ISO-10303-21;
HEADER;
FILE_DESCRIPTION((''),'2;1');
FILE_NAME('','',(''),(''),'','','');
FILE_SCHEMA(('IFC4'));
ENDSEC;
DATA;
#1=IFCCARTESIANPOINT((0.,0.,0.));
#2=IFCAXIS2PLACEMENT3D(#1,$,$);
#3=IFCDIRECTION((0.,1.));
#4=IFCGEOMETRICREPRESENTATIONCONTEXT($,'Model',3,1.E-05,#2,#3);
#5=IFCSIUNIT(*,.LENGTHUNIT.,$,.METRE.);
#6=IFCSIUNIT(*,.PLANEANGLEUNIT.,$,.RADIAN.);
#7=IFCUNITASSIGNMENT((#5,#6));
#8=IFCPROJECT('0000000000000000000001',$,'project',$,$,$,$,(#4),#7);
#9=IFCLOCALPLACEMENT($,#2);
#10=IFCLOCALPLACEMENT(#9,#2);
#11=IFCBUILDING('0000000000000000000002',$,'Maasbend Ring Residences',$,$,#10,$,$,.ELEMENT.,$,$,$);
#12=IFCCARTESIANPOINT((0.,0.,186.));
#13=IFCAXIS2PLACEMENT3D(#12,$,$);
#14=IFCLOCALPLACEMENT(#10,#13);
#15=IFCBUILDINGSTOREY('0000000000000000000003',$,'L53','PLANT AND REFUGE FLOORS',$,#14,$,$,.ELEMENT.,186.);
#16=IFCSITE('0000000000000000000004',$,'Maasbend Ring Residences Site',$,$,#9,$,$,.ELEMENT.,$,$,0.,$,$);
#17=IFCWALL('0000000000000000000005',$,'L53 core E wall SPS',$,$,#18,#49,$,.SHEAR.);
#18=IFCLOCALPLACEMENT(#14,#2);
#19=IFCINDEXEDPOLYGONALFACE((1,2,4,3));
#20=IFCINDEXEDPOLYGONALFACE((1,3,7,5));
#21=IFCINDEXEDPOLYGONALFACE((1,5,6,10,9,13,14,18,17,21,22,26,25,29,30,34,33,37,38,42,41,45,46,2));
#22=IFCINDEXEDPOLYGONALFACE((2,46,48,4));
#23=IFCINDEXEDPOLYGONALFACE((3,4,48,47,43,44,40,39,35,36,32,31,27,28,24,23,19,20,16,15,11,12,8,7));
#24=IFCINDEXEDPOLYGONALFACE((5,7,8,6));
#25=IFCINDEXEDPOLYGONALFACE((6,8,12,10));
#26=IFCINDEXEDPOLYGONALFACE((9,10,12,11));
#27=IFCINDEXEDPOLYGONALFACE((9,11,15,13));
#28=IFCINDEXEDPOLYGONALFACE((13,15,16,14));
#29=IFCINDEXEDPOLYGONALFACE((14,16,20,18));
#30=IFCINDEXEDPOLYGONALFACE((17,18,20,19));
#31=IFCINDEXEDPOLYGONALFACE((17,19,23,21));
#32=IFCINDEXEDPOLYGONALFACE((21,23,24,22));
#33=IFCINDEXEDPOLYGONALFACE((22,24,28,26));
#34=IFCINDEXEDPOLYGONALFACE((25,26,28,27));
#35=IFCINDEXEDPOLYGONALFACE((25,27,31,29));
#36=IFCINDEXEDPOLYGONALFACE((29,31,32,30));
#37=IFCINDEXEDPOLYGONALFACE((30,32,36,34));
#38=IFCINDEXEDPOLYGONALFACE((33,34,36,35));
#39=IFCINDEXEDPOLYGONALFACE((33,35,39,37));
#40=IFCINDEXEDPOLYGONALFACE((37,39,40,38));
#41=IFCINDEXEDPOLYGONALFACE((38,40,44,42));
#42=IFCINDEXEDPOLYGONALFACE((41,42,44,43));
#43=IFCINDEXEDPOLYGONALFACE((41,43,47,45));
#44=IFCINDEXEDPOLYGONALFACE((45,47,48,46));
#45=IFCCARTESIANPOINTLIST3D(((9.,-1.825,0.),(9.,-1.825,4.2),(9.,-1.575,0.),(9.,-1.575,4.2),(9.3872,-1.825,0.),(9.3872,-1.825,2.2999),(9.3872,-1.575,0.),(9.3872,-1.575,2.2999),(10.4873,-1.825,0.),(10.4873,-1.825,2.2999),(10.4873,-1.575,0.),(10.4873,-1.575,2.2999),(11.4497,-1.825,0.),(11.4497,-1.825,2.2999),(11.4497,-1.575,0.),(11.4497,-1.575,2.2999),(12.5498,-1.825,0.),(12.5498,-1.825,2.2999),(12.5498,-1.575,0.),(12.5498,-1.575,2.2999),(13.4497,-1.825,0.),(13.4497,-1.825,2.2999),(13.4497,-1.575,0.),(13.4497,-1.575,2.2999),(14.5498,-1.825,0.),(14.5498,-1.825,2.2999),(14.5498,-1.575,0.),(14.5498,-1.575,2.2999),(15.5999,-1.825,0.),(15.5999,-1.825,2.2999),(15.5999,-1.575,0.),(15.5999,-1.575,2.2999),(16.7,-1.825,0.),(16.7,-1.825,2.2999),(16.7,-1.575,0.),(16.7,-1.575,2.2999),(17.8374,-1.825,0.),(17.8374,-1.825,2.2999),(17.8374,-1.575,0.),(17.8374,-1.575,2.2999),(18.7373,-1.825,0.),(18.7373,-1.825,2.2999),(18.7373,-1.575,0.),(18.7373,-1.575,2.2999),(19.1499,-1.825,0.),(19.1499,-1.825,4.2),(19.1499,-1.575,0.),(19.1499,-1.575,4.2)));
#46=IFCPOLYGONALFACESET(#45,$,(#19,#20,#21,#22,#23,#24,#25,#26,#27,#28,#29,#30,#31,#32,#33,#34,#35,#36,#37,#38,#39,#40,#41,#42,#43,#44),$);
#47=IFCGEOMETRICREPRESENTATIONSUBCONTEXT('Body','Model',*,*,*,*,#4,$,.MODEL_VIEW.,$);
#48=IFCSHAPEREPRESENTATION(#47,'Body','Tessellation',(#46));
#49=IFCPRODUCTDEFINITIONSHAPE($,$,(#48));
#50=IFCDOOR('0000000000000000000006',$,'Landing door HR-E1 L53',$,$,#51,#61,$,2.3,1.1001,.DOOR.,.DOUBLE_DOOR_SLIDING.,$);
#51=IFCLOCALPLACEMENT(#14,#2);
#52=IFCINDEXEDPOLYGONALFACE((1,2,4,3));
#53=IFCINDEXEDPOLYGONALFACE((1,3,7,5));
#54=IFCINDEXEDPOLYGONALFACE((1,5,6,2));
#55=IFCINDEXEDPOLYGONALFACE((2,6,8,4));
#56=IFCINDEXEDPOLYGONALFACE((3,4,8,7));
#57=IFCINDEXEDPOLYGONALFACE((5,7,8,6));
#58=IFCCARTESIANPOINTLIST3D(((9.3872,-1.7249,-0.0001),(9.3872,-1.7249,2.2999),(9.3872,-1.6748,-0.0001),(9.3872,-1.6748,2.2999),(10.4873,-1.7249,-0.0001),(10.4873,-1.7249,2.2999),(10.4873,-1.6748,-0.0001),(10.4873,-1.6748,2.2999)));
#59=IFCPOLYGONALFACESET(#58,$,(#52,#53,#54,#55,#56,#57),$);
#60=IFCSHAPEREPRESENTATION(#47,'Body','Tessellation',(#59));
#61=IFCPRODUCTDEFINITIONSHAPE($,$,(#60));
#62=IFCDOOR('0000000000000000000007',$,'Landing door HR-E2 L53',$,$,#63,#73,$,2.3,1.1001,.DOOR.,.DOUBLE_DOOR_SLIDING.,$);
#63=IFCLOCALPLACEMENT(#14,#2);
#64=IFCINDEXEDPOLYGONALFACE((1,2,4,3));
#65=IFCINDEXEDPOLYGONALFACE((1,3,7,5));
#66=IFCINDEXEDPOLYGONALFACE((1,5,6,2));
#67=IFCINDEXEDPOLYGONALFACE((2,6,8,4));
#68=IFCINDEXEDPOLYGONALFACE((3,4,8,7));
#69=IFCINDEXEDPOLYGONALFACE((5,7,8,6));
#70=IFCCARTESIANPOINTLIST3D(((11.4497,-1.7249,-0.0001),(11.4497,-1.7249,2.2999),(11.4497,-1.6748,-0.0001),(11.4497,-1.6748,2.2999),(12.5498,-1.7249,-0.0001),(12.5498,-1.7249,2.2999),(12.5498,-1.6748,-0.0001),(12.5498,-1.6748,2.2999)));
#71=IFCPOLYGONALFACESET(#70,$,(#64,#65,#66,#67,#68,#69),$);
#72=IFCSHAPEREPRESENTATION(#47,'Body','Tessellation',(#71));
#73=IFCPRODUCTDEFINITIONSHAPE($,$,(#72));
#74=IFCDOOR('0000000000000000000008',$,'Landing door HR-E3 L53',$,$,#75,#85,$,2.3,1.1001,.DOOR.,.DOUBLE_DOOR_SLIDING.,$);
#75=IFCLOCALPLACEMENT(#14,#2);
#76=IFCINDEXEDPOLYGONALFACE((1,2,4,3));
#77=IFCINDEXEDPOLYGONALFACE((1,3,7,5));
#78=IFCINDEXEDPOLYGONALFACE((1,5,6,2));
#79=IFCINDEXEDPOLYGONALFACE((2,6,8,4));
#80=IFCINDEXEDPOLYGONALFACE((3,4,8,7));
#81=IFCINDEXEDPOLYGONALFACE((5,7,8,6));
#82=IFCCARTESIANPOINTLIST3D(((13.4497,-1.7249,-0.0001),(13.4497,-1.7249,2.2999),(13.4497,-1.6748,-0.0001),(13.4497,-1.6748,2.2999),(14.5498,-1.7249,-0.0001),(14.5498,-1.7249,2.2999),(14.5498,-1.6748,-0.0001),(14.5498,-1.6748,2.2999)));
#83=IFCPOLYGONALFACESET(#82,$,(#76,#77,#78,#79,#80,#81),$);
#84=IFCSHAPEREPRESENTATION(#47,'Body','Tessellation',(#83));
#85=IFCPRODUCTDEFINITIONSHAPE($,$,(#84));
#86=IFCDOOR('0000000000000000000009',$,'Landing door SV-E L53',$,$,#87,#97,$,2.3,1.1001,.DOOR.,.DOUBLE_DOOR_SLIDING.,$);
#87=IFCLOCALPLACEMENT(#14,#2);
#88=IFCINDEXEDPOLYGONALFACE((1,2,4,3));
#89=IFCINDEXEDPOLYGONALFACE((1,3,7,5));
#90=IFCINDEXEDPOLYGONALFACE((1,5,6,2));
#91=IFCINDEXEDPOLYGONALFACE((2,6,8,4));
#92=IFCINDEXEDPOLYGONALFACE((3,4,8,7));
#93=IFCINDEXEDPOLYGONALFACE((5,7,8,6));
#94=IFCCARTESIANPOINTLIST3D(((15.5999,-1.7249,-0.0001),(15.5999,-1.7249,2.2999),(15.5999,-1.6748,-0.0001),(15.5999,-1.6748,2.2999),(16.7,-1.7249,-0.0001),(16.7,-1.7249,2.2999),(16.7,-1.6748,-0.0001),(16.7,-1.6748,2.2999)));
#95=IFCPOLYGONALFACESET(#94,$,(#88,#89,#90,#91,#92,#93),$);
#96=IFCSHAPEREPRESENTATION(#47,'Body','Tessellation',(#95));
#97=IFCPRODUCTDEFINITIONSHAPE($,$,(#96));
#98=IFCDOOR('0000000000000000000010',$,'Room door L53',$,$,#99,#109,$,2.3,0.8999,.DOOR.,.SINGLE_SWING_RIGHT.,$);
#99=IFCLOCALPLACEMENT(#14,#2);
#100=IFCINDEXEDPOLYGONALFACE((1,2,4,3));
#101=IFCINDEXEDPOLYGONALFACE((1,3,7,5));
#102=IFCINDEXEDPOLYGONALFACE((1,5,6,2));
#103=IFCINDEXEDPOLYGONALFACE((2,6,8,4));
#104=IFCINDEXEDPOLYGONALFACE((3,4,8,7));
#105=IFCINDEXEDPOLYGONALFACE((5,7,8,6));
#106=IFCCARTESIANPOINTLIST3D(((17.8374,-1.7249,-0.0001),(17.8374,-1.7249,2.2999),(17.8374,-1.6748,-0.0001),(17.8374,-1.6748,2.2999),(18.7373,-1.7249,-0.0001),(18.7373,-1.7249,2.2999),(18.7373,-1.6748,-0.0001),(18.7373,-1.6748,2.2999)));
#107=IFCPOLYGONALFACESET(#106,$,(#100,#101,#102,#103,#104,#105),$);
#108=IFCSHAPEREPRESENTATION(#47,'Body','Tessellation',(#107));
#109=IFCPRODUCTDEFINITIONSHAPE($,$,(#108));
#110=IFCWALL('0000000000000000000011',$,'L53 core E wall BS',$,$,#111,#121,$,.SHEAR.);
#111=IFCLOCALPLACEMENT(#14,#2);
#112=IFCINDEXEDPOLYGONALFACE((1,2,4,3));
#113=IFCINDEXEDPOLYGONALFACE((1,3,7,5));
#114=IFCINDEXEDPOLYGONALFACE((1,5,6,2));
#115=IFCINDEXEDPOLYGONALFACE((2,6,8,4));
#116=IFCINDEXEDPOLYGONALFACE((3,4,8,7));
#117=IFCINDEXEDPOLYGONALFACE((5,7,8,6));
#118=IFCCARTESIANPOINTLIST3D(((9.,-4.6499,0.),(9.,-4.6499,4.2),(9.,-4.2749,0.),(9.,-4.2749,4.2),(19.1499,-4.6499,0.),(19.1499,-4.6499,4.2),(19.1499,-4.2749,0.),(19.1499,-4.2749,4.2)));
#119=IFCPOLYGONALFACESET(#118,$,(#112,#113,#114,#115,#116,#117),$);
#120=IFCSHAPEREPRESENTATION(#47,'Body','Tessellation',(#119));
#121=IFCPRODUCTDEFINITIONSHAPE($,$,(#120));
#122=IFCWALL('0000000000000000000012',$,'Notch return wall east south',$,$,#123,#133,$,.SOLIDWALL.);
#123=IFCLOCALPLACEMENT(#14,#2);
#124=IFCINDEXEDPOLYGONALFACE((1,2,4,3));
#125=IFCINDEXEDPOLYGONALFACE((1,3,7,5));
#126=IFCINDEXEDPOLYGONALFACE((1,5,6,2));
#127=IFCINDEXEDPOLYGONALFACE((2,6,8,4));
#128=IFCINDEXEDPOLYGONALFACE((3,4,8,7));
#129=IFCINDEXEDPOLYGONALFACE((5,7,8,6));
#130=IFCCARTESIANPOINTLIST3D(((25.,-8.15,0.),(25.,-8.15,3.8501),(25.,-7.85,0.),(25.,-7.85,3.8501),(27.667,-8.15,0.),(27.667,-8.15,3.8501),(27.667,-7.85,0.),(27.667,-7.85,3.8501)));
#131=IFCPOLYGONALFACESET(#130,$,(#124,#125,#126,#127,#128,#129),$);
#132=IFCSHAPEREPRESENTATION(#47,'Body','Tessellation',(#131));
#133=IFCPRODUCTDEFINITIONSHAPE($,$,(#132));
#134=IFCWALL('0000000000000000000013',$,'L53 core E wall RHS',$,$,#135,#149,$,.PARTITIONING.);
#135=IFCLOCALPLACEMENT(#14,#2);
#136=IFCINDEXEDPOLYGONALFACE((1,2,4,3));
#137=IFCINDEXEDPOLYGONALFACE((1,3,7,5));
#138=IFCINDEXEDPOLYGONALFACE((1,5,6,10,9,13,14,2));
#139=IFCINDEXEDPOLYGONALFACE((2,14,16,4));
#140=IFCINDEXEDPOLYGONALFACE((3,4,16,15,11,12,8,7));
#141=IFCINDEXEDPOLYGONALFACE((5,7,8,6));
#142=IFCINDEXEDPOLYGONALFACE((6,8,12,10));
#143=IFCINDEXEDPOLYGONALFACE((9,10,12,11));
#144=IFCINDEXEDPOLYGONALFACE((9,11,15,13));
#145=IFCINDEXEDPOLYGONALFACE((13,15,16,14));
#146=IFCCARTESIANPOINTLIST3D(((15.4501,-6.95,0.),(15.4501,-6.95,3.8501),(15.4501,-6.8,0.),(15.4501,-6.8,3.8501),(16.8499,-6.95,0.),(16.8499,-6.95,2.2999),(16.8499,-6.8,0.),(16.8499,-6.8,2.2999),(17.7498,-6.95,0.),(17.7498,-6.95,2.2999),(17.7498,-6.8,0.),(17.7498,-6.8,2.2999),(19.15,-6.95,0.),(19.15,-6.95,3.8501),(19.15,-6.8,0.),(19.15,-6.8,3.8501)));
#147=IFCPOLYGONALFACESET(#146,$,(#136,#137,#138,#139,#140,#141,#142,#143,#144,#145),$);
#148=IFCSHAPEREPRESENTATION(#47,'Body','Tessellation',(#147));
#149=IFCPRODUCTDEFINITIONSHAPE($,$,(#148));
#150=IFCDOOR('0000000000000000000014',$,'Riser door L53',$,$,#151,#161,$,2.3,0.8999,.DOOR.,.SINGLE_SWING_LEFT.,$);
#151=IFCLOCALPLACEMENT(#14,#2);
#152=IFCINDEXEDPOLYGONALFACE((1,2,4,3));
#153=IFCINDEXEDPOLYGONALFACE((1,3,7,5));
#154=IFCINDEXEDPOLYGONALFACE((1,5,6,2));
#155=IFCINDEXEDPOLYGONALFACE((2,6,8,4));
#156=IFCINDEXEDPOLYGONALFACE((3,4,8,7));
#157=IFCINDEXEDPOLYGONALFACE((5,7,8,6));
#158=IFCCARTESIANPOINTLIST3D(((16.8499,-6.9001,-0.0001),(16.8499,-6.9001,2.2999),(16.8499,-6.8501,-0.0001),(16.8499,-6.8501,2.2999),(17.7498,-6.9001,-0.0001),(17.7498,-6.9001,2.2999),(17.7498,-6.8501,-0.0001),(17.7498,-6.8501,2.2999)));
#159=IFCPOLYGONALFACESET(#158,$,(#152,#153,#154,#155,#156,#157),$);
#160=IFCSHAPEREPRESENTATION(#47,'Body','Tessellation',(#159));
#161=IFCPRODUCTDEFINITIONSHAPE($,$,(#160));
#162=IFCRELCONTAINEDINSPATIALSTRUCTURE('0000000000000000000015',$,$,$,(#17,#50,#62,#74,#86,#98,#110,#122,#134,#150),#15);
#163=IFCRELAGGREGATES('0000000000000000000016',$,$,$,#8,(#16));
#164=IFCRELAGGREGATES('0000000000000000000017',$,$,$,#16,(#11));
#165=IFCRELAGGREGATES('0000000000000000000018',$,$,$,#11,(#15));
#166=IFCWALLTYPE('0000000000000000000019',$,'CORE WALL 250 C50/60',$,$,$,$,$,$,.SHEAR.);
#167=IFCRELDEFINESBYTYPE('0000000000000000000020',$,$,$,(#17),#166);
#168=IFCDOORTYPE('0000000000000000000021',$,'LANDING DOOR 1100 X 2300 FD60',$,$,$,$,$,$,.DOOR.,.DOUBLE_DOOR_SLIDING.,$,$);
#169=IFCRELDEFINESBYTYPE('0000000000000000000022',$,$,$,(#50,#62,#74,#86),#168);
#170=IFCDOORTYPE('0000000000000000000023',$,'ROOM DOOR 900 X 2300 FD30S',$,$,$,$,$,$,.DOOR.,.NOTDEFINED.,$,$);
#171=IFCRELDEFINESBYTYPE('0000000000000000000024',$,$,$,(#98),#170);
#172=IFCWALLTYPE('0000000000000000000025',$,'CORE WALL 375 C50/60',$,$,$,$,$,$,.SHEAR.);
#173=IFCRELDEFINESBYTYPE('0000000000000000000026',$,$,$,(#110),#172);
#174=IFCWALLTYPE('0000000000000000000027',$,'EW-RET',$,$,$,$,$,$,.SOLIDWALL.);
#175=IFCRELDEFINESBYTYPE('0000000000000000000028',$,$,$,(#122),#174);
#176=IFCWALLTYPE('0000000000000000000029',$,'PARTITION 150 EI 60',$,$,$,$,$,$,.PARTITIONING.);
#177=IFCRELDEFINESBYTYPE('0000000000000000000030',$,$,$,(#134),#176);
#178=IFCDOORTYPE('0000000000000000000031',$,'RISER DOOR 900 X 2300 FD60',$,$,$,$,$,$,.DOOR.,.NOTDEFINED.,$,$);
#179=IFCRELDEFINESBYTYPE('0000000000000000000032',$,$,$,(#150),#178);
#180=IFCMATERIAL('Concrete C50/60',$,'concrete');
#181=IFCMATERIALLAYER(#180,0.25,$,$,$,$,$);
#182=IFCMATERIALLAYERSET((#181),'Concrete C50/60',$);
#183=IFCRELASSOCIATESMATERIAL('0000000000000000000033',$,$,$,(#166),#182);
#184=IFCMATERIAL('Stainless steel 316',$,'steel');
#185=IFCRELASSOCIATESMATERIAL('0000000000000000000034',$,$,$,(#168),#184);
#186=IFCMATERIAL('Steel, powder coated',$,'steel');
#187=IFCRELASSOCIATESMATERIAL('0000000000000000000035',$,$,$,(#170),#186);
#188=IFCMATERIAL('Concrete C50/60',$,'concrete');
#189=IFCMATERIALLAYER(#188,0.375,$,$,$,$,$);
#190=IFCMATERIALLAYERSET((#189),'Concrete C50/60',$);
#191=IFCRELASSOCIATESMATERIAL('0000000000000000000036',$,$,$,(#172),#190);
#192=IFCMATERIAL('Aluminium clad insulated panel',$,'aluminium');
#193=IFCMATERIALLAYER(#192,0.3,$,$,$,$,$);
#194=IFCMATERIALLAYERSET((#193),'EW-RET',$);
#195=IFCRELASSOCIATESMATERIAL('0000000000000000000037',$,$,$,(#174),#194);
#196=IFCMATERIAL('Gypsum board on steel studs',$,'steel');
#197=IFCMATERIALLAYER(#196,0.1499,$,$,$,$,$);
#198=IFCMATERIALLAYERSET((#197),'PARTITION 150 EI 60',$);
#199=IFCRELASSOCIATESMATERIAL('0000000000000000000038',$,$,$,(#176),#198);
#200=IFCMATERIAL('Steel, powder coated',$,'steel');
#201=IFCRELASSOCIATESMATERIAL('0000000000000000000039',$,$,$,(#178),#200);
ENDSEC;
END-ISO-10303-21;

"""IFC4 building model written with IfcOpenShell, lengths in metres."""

from ifc_helpers import new_model, si_unit, direction, frame, frame_2d, origin, place, context, subcontext, project, spatial, rectangle, extrude, material, layer, layer_set, type_object, element, fill, save


model = new_model("IFC4")

# Units and contexts
model_context = context("Model", 3, precision=1e-05, world=origin(), true_north=direction((0.0, 1.0)))
body_context = subcontext(model_context, "Body", "Model", "MODEL_VIEW")
ifc_project = project(units=[si_unit("LENGTHUNIT", "METRE"), si_unit("PLANEANGLEUNIT", "RADIAN")], contexts=[model_context])

# Site, building, storey
site_placement = place(None, origin())
site = spatial("IfcSite", under=ifc_project, at=site_placement, Name="Maasbend Ring Residences Site", CompositionType="ELEMENT", RefElevation=0.0)
building_placement = place(site_placement, origin())
building = spatial("IfcBuilding", under=site, at=building_placement, Name="Maasbend Ring Residences", CompositionType="ELEMENT")
storey_placement = place(building_placement, frame((0.0, 0.0, 186.0)))
storey = spatial("IfcBuildingStorey", under=building, at=storey_placement, Name="L53", Description="PLANT AND REFUGE FLOORS", CompositionType="ELEMENT", Elevation=186.0)

# Wall, openings, doors
ifc_material_1 = material(Name="Concrete C50/60", Category="concrete")
ifc_layer_1 = layer(ifc_material_1, 0.25)
ifc_layer_set_1 = layer_set([ifc_layer_1], Name="Concrete C50/60")
wall_type_1 = type_object("IfcWallType", Name="CORE WALL 250 C50/60", PredefinedType="SHEAR", material=ifc_layer_set_1)
wall_1_placement = place(storey_placement, frame((19.1499, -1.7, 0.0), z_axis=(0.0, 0.0, 1.0), x_axis=(-1.0, 0.0, 0.0)))
wall_1 = element("IfcWall", 1, at=wall_1_placement, inside=storey, type_object=wall_type_1, Name="L53 core E wall SPS", PredefinedType="SHEAR", context=body_context, shape_type="SweptSolid", body=[
    extrude(rectangle(XDim=10.1499, YDim=0.25, at=frame_2d((5.075, 0.0))), origin(), (0.0, 0.0, 1.0), 4.2),
])
opening_1_placement = place(wall_1_placement, frame((8.6626, 0.0, 0.0)))
opening_1 = element("IfcOpeningElement", 2, at=opening_1_placement, cuts=wall_1, PredefinedType="OPENING", context=body_context, shape_type="SweptSolid", body=[
    extrude(rectangle(XDim=1.1001, YDim=2.3, at=frame_2d((0.55, 1.1499))), frame((0.0, 0.135, 0.0), z_axis=(0.0, -1.0, 0.0), x_axis=(1.0, 0.0, 0.0)), (0.0, 0.0, 1.0), 0.27),
])
opening_2_placement = place(wall_1_placement, frame((6.6001, 0.0, 0.0)))
opening_2 = element("IfcOpeningElement", 3, at=opening_2_placement, cuts=wall_1, PredefinedType="OPENING", context=body_context, shape_type="SweptSolid", body=[
    extrude(rectangle(XDim=1.1001, YDim=2.3, at=frame_2d((0.55, 1.1499))), frame((0.0, 0.135, 0.0), z_axis=(0.0, -1.0, 0.0), x_axis=(1.0, 0.0, 0.0)), (0.0, 0.0, 1.0), 0.27),
])
opening_3_placement = place(wall_1_placement, frame((4.6001, 0.0, 0.0)))
opening_3 = element("IfcOpeningElement", 4, at=opening_3_placement, cuts=wall_1, PredefinedType="OPENING", context=body_context, shape_type="SweptSolid", body=[
    extrude(rectangle(XDim=1.1001, YDim=2.3, at=frame_2d((0.55, 1.1499))), frame((0.0, 0.135, 0.0), z_axis=(0.0, -1.0, 0.0), x_axis=(1.0, 0.0, 0.0)), (0.0, 0.0, 1.0), 0.27),
])
opening_4_placement = place(wall_1_placement, frame((2.45, 0.0, 0.0)))
opening_4 = element("IfcOpeningElement", 5, at=opening_4_placement, cuts=wall_1, PredefinedType="OPENING", context=body_context, shape_type="SweptSolid", body=[
    extrude(rectangle(XDim=1.1001, YDim=2.3, at=frame_2d((0.55, 1.1499))), frame((0.0, 0.135, 0.0), z_axis=(0.0, -1.0, 0.0), x_axis=(1.0, 0.0, 0.0)), (0.0, 0.0, 1.0), 0.27),
])
opening_5_placement = place(wall_1_placement, frame((0.4126, 0.0, 0.0)))
opening_5 = element("IfcOpeningElement", 6, at=opening_5_placement, cuts=wall_1, PredefinedType="OPENING", context=body_context, shape_type="SweptSolid", body=[
    extrude(rectangle(XDim=0.8999, YDim=2.3, at=frame_2d((0.45, 1.1499))), frame((0.0, 0.135, 0.0), z_axis=(0.0, -1.0, 0.0), x_axis=(1.0, 0.0, 0.0)), (0.0, 0.0, 1.0), 0.27),
])
ifc_material_2 = material(Name="Stainless steel 316", Category="steel")
door_type_1 = type_object("IfcDoorType", Name="LANDING DOOR 1100 X 2300 FD60", OperationType="DOUBLE_DOOR_SLIDING", PredefinedType="DOOR", material=ifc_material_2)
door_1_placement = place(opening_1_placement, origin())
door_1 = element("IfcDoor", 7, at=door_1_placement, inside=storey, type_object=door_type_1, Name="Landing door HR-E1 L53", OperationType="DOUBLE_DOOR_SLIDING", OverallHeight=2.3, OverallWidth=1.1001, PredefinedType="DOOR", context=body_context, shape_type="SweptSolid", body=[
    extrude(rectangle(XDim=1.1001, YDim=2.3, at=frame_2d((0.55, 1.1499))), frame((0.0, 0.0249, 0.0), z_axis=(0.0, -1.0, 0.0), x_axis=(1.0, 0.0, 0.0)), (0.0, 0.0, 1.0), 0.05),
])
fill(opening_1, door_1)
door_2_placement = place(opening_2_placement, origin())
door_2 = element("IfcDoor", 8, at=door_2_placement, inside=storey, type_object=door_type_1, Name="Landing door HR-E2 L53", OperationType="DOUBLE_DOOR_SLIDING", OverallHeight=2.3, OverallWidth=1.1001, PredefinedType="DOOR", context=body_context, shape_type="SweptSolid", body=[
    extrude(rectangle(XDim=1.1001, YDim=2.3, at=frame_2d((0.55, 1.1499))), frame((0.0, 0.0249, 0.0), z_axis=(0.0, -1.0, 0.0), x_axis=(1.0, 0.0, 0.0)), (0.0, 0.0, 1.0), 0.05),
])
fill(opening_2, door_2)
door_3_placement = place(opening_3_placement, origin())
door_3 = element("IfcDoor", 9, at=door_3_placement, inside=storey, type_object=door_type_1, Name="Landing door HR-E3 L53", OperationType="DOUBLE_DOOR_SLIDING", OverallHeight=2.3, OverallWidth=1.1001, PredefinedType="DOOR", context=body_context, shape_type="SweptSolid", body=[
    extrude(rectangle(XDim=1.1001, YDim=2.3, at=frame_2d((0.55, 1.1499))), frame((0.0, 0.0249, 0.0), z_axis=(0.0, -1.0, 0.0), x_axis=(1.0, 0.0, 0.0)), (0.0, 0.0, 1.0), 0.05),
])
fill(opening_3, door_3)
door_4_placement = place(opening_4_placement, origin())
door_4 = element("IfcDoor", 10, at=door_4_placement, inside=storey, type_object=door_type_1, Name="Landing door SV-E L53", OperationType="DOUBLE_DOOR_SLIDING", OverallHeight=2.3, OverallWidth=1.1001, PredefinedType="DOOR", context=body_context, shape_type="SweptSolid", body=[
    extrude(rectangle(XDim=1.1001, YDim=2.3, at=frame_2d((0.55, 1.1499))), frame((0.0, 0.0249, 0.0), z_axis=(0.0, -1.0, 0.0), x_axis=(1.0, 0.0, 0.0)), (0.0, 0.0, 1.0), 0.05),
])
fill(opening_4, door_4)
ifc_material_3 = material(Name="Steel, powder coated", Category="steel")
door_type_2 = type_object("IfcDoorType", Name="ROOM DOOR 900 X 2300 FD30S", OperationType="NOTDEFINED", PredefinedType="DOOR", material=ifc_material_3)
door_5_placement = place(opening_5_placement, origin())
door_5 = element("IfcDoor", 11, at=door_5_placement, inside=storey, type_object=door_type_2, Name="Room door L53", OperationType="SINGLE_SWING_RIGHT", OverallHeight=2.3, OverallWidth=0.8999, PredefinedType="DOOR", context=body_context, shape_type="SweptSolid", body=[
    extrude(rectangle(XDim=0.8999, YDim=2.3, at=frame_2d((0.45, 1.1499))), frame((0.0, 0.0249, 0.0), z_axis=(0.0, -1.0, 0.0), x_axis=(1.0, 0.0, 0.0)), (0.0, 0.0, 1.0), 0.05),
])
fill(opening_5, door_5)

# Walls
ifc_material_4 = material(Name="Concrete C50/60", Category="concrete")
ifc_layer_2 = layer(ifc_material_4, 0.375)
ifc_layer_set_2 = layer_set([ifc_layer_2], Name="Concrete C50/60")
wall_type_2 = type_object("IfcWallType", Name="CORE WALL 375 C50/60", PredefinedType="SHEAR", material=ifc_layer_set_2)
wall_2_placement = place(storey_placement, frame((9.0, -4.4624, 0.0), z_axis=(0.0, 0.0, 1.0), x_axis=(1.0, 0.0, 0.0)))
element("IfcWall", 12, at=wall_2_placement, inside=storey, type_object=wall_type_2, Name="L53 core E wall BS", PredefinedType="SHEAR", context=body_context, shape_type="SweptSolid", body=[
    extrude(rectangle(XDim=10.1499, YDim=0.375, at=frame_2d((5.075, 0.0))), origin(), (0.0, 0.0, 1.0), 4.2),
])
ifc_material_5 = material(Name="Aluminium clad insulated panel", Category="aluminium")
ifc_layer_3 = layer(ifc_material_5, 0.3)
ifc_layer_set_3 = layer_set([ifc_layer_3], Name="EW-RET")
wall_type_3 = type_object("IfcWallType", Name="EW-RET", PredefinedType="SOLIDWALL", material=ifc_layer_set_3)
wall_3_placement = place(storey_placement, frame((25.0, -8.0, 0.0), z_axis=(0.0, 0.0, 1.0), x_axis=(1.0, 0.0, 0.0)))
element("IfcWall", 13, at=wall_3_placement, inside=storey, type_object=wall_type_3, Name="Notch return wall east south", PredefinedType="SOLIDWALL", context=body_context, shape_type="SweptSolid", body=[
    extrude(rectangle(XDim=2.667, YDim=0.3, at=frame_2d((1.3335, 0.0))), origin(), (0.0, 0.0, 1.0), 3.8501),
])

# Wall, opening, door
ifc_material_6 = material(Name="Gypsum board on steel studs", Category="steel")
ifc_layer_4 = layer(ifc_material_6, 0.1499)
ifc_layer_set_4 = layer_set([ifc_layer_4], Name="PARTITION 150 EI 60")
wall_type_4 = type_object("IfcWallType", Name="PARTITION 150 EI 60", PredefinedType="PARTITIONING", material=ifc_layer_set_4)
wall_4_placement = place(storey_placement, frame((15.45, -6.875, 0.0), z_axis=(0.0, 0.0, 1.0), x_axis=(1.0, 0.0, 0.0)))
wall_4 = element("IfcWall", 14, at=wall_4_placement, inside=storey, type_object=wall_type_4, Name="L53 core E wall RHS", PredefinedType="PARTITIONING", context=body_context, shape_type="SweptSolid", body=[
    extrude(rectangle(XDim=3.7, YDim=0.1499, at=frame_2d((1.8501, 0.0))), origin(), (0.0, 0.0, 1.0), 3.8501),
])
opening_6_placement = place(wall_4_placement, frame((1.3999, 0.0, 0.0)))
opening_6 = element("IfcOpeningElement", 15, at=opening_6_placement, cuts=wall_4, PredefinedType="OPENING", context=body_context, shape_type="SweptSolid", body=[
    extrude(rectangle(XDim=0.8999, YDim=2.3, at=frame_2d((0.45, 1.1499))), frame((0.0, 0.085, 0.0), z_axis=(0.0, -1.0, 0.0), x_axis=(1.0, 0.0, 0.0)), (0.0, 0.0, 1.0), 0.1699),
])
ifc_material_7 = material(Name="Steel, powder coated", Category="steel")
door_type_3 = type_object("IfcDoorType", Name="RISER DOOR 900 X 2300 FD60", OperationType="NOTDEFINED", PredefinedType="DOOR", material=ifc_material_7)
door_6_placement = place(opening_6_placement, origin())
door_6 = element("IfcDoor", 16, at=door_6_placement, inside=storey, type_object=door_type_3, Name="Riser door L53", OperationType="SINGLE_SWING_LEFT", OverallHeight=2.3, OverallWidth=0.8999, PredefinedType="DOOR", context=body_context, shape_type="SweptSolid", body=[
    extrude(rectangle(XDim=0.8999, YDim=2.3, at=frame_2d((0.45, 1.1499))), frame((0.0, 0.0249, 0.0), z_axis=(0.0, -1.0, 0.0), x_axis=(1.0, 0.0, 0.0)), (0.0, 0.0, 1.0), 0.05),
])
fill(opening_6, door_6)

save(model, "model.ifc")
